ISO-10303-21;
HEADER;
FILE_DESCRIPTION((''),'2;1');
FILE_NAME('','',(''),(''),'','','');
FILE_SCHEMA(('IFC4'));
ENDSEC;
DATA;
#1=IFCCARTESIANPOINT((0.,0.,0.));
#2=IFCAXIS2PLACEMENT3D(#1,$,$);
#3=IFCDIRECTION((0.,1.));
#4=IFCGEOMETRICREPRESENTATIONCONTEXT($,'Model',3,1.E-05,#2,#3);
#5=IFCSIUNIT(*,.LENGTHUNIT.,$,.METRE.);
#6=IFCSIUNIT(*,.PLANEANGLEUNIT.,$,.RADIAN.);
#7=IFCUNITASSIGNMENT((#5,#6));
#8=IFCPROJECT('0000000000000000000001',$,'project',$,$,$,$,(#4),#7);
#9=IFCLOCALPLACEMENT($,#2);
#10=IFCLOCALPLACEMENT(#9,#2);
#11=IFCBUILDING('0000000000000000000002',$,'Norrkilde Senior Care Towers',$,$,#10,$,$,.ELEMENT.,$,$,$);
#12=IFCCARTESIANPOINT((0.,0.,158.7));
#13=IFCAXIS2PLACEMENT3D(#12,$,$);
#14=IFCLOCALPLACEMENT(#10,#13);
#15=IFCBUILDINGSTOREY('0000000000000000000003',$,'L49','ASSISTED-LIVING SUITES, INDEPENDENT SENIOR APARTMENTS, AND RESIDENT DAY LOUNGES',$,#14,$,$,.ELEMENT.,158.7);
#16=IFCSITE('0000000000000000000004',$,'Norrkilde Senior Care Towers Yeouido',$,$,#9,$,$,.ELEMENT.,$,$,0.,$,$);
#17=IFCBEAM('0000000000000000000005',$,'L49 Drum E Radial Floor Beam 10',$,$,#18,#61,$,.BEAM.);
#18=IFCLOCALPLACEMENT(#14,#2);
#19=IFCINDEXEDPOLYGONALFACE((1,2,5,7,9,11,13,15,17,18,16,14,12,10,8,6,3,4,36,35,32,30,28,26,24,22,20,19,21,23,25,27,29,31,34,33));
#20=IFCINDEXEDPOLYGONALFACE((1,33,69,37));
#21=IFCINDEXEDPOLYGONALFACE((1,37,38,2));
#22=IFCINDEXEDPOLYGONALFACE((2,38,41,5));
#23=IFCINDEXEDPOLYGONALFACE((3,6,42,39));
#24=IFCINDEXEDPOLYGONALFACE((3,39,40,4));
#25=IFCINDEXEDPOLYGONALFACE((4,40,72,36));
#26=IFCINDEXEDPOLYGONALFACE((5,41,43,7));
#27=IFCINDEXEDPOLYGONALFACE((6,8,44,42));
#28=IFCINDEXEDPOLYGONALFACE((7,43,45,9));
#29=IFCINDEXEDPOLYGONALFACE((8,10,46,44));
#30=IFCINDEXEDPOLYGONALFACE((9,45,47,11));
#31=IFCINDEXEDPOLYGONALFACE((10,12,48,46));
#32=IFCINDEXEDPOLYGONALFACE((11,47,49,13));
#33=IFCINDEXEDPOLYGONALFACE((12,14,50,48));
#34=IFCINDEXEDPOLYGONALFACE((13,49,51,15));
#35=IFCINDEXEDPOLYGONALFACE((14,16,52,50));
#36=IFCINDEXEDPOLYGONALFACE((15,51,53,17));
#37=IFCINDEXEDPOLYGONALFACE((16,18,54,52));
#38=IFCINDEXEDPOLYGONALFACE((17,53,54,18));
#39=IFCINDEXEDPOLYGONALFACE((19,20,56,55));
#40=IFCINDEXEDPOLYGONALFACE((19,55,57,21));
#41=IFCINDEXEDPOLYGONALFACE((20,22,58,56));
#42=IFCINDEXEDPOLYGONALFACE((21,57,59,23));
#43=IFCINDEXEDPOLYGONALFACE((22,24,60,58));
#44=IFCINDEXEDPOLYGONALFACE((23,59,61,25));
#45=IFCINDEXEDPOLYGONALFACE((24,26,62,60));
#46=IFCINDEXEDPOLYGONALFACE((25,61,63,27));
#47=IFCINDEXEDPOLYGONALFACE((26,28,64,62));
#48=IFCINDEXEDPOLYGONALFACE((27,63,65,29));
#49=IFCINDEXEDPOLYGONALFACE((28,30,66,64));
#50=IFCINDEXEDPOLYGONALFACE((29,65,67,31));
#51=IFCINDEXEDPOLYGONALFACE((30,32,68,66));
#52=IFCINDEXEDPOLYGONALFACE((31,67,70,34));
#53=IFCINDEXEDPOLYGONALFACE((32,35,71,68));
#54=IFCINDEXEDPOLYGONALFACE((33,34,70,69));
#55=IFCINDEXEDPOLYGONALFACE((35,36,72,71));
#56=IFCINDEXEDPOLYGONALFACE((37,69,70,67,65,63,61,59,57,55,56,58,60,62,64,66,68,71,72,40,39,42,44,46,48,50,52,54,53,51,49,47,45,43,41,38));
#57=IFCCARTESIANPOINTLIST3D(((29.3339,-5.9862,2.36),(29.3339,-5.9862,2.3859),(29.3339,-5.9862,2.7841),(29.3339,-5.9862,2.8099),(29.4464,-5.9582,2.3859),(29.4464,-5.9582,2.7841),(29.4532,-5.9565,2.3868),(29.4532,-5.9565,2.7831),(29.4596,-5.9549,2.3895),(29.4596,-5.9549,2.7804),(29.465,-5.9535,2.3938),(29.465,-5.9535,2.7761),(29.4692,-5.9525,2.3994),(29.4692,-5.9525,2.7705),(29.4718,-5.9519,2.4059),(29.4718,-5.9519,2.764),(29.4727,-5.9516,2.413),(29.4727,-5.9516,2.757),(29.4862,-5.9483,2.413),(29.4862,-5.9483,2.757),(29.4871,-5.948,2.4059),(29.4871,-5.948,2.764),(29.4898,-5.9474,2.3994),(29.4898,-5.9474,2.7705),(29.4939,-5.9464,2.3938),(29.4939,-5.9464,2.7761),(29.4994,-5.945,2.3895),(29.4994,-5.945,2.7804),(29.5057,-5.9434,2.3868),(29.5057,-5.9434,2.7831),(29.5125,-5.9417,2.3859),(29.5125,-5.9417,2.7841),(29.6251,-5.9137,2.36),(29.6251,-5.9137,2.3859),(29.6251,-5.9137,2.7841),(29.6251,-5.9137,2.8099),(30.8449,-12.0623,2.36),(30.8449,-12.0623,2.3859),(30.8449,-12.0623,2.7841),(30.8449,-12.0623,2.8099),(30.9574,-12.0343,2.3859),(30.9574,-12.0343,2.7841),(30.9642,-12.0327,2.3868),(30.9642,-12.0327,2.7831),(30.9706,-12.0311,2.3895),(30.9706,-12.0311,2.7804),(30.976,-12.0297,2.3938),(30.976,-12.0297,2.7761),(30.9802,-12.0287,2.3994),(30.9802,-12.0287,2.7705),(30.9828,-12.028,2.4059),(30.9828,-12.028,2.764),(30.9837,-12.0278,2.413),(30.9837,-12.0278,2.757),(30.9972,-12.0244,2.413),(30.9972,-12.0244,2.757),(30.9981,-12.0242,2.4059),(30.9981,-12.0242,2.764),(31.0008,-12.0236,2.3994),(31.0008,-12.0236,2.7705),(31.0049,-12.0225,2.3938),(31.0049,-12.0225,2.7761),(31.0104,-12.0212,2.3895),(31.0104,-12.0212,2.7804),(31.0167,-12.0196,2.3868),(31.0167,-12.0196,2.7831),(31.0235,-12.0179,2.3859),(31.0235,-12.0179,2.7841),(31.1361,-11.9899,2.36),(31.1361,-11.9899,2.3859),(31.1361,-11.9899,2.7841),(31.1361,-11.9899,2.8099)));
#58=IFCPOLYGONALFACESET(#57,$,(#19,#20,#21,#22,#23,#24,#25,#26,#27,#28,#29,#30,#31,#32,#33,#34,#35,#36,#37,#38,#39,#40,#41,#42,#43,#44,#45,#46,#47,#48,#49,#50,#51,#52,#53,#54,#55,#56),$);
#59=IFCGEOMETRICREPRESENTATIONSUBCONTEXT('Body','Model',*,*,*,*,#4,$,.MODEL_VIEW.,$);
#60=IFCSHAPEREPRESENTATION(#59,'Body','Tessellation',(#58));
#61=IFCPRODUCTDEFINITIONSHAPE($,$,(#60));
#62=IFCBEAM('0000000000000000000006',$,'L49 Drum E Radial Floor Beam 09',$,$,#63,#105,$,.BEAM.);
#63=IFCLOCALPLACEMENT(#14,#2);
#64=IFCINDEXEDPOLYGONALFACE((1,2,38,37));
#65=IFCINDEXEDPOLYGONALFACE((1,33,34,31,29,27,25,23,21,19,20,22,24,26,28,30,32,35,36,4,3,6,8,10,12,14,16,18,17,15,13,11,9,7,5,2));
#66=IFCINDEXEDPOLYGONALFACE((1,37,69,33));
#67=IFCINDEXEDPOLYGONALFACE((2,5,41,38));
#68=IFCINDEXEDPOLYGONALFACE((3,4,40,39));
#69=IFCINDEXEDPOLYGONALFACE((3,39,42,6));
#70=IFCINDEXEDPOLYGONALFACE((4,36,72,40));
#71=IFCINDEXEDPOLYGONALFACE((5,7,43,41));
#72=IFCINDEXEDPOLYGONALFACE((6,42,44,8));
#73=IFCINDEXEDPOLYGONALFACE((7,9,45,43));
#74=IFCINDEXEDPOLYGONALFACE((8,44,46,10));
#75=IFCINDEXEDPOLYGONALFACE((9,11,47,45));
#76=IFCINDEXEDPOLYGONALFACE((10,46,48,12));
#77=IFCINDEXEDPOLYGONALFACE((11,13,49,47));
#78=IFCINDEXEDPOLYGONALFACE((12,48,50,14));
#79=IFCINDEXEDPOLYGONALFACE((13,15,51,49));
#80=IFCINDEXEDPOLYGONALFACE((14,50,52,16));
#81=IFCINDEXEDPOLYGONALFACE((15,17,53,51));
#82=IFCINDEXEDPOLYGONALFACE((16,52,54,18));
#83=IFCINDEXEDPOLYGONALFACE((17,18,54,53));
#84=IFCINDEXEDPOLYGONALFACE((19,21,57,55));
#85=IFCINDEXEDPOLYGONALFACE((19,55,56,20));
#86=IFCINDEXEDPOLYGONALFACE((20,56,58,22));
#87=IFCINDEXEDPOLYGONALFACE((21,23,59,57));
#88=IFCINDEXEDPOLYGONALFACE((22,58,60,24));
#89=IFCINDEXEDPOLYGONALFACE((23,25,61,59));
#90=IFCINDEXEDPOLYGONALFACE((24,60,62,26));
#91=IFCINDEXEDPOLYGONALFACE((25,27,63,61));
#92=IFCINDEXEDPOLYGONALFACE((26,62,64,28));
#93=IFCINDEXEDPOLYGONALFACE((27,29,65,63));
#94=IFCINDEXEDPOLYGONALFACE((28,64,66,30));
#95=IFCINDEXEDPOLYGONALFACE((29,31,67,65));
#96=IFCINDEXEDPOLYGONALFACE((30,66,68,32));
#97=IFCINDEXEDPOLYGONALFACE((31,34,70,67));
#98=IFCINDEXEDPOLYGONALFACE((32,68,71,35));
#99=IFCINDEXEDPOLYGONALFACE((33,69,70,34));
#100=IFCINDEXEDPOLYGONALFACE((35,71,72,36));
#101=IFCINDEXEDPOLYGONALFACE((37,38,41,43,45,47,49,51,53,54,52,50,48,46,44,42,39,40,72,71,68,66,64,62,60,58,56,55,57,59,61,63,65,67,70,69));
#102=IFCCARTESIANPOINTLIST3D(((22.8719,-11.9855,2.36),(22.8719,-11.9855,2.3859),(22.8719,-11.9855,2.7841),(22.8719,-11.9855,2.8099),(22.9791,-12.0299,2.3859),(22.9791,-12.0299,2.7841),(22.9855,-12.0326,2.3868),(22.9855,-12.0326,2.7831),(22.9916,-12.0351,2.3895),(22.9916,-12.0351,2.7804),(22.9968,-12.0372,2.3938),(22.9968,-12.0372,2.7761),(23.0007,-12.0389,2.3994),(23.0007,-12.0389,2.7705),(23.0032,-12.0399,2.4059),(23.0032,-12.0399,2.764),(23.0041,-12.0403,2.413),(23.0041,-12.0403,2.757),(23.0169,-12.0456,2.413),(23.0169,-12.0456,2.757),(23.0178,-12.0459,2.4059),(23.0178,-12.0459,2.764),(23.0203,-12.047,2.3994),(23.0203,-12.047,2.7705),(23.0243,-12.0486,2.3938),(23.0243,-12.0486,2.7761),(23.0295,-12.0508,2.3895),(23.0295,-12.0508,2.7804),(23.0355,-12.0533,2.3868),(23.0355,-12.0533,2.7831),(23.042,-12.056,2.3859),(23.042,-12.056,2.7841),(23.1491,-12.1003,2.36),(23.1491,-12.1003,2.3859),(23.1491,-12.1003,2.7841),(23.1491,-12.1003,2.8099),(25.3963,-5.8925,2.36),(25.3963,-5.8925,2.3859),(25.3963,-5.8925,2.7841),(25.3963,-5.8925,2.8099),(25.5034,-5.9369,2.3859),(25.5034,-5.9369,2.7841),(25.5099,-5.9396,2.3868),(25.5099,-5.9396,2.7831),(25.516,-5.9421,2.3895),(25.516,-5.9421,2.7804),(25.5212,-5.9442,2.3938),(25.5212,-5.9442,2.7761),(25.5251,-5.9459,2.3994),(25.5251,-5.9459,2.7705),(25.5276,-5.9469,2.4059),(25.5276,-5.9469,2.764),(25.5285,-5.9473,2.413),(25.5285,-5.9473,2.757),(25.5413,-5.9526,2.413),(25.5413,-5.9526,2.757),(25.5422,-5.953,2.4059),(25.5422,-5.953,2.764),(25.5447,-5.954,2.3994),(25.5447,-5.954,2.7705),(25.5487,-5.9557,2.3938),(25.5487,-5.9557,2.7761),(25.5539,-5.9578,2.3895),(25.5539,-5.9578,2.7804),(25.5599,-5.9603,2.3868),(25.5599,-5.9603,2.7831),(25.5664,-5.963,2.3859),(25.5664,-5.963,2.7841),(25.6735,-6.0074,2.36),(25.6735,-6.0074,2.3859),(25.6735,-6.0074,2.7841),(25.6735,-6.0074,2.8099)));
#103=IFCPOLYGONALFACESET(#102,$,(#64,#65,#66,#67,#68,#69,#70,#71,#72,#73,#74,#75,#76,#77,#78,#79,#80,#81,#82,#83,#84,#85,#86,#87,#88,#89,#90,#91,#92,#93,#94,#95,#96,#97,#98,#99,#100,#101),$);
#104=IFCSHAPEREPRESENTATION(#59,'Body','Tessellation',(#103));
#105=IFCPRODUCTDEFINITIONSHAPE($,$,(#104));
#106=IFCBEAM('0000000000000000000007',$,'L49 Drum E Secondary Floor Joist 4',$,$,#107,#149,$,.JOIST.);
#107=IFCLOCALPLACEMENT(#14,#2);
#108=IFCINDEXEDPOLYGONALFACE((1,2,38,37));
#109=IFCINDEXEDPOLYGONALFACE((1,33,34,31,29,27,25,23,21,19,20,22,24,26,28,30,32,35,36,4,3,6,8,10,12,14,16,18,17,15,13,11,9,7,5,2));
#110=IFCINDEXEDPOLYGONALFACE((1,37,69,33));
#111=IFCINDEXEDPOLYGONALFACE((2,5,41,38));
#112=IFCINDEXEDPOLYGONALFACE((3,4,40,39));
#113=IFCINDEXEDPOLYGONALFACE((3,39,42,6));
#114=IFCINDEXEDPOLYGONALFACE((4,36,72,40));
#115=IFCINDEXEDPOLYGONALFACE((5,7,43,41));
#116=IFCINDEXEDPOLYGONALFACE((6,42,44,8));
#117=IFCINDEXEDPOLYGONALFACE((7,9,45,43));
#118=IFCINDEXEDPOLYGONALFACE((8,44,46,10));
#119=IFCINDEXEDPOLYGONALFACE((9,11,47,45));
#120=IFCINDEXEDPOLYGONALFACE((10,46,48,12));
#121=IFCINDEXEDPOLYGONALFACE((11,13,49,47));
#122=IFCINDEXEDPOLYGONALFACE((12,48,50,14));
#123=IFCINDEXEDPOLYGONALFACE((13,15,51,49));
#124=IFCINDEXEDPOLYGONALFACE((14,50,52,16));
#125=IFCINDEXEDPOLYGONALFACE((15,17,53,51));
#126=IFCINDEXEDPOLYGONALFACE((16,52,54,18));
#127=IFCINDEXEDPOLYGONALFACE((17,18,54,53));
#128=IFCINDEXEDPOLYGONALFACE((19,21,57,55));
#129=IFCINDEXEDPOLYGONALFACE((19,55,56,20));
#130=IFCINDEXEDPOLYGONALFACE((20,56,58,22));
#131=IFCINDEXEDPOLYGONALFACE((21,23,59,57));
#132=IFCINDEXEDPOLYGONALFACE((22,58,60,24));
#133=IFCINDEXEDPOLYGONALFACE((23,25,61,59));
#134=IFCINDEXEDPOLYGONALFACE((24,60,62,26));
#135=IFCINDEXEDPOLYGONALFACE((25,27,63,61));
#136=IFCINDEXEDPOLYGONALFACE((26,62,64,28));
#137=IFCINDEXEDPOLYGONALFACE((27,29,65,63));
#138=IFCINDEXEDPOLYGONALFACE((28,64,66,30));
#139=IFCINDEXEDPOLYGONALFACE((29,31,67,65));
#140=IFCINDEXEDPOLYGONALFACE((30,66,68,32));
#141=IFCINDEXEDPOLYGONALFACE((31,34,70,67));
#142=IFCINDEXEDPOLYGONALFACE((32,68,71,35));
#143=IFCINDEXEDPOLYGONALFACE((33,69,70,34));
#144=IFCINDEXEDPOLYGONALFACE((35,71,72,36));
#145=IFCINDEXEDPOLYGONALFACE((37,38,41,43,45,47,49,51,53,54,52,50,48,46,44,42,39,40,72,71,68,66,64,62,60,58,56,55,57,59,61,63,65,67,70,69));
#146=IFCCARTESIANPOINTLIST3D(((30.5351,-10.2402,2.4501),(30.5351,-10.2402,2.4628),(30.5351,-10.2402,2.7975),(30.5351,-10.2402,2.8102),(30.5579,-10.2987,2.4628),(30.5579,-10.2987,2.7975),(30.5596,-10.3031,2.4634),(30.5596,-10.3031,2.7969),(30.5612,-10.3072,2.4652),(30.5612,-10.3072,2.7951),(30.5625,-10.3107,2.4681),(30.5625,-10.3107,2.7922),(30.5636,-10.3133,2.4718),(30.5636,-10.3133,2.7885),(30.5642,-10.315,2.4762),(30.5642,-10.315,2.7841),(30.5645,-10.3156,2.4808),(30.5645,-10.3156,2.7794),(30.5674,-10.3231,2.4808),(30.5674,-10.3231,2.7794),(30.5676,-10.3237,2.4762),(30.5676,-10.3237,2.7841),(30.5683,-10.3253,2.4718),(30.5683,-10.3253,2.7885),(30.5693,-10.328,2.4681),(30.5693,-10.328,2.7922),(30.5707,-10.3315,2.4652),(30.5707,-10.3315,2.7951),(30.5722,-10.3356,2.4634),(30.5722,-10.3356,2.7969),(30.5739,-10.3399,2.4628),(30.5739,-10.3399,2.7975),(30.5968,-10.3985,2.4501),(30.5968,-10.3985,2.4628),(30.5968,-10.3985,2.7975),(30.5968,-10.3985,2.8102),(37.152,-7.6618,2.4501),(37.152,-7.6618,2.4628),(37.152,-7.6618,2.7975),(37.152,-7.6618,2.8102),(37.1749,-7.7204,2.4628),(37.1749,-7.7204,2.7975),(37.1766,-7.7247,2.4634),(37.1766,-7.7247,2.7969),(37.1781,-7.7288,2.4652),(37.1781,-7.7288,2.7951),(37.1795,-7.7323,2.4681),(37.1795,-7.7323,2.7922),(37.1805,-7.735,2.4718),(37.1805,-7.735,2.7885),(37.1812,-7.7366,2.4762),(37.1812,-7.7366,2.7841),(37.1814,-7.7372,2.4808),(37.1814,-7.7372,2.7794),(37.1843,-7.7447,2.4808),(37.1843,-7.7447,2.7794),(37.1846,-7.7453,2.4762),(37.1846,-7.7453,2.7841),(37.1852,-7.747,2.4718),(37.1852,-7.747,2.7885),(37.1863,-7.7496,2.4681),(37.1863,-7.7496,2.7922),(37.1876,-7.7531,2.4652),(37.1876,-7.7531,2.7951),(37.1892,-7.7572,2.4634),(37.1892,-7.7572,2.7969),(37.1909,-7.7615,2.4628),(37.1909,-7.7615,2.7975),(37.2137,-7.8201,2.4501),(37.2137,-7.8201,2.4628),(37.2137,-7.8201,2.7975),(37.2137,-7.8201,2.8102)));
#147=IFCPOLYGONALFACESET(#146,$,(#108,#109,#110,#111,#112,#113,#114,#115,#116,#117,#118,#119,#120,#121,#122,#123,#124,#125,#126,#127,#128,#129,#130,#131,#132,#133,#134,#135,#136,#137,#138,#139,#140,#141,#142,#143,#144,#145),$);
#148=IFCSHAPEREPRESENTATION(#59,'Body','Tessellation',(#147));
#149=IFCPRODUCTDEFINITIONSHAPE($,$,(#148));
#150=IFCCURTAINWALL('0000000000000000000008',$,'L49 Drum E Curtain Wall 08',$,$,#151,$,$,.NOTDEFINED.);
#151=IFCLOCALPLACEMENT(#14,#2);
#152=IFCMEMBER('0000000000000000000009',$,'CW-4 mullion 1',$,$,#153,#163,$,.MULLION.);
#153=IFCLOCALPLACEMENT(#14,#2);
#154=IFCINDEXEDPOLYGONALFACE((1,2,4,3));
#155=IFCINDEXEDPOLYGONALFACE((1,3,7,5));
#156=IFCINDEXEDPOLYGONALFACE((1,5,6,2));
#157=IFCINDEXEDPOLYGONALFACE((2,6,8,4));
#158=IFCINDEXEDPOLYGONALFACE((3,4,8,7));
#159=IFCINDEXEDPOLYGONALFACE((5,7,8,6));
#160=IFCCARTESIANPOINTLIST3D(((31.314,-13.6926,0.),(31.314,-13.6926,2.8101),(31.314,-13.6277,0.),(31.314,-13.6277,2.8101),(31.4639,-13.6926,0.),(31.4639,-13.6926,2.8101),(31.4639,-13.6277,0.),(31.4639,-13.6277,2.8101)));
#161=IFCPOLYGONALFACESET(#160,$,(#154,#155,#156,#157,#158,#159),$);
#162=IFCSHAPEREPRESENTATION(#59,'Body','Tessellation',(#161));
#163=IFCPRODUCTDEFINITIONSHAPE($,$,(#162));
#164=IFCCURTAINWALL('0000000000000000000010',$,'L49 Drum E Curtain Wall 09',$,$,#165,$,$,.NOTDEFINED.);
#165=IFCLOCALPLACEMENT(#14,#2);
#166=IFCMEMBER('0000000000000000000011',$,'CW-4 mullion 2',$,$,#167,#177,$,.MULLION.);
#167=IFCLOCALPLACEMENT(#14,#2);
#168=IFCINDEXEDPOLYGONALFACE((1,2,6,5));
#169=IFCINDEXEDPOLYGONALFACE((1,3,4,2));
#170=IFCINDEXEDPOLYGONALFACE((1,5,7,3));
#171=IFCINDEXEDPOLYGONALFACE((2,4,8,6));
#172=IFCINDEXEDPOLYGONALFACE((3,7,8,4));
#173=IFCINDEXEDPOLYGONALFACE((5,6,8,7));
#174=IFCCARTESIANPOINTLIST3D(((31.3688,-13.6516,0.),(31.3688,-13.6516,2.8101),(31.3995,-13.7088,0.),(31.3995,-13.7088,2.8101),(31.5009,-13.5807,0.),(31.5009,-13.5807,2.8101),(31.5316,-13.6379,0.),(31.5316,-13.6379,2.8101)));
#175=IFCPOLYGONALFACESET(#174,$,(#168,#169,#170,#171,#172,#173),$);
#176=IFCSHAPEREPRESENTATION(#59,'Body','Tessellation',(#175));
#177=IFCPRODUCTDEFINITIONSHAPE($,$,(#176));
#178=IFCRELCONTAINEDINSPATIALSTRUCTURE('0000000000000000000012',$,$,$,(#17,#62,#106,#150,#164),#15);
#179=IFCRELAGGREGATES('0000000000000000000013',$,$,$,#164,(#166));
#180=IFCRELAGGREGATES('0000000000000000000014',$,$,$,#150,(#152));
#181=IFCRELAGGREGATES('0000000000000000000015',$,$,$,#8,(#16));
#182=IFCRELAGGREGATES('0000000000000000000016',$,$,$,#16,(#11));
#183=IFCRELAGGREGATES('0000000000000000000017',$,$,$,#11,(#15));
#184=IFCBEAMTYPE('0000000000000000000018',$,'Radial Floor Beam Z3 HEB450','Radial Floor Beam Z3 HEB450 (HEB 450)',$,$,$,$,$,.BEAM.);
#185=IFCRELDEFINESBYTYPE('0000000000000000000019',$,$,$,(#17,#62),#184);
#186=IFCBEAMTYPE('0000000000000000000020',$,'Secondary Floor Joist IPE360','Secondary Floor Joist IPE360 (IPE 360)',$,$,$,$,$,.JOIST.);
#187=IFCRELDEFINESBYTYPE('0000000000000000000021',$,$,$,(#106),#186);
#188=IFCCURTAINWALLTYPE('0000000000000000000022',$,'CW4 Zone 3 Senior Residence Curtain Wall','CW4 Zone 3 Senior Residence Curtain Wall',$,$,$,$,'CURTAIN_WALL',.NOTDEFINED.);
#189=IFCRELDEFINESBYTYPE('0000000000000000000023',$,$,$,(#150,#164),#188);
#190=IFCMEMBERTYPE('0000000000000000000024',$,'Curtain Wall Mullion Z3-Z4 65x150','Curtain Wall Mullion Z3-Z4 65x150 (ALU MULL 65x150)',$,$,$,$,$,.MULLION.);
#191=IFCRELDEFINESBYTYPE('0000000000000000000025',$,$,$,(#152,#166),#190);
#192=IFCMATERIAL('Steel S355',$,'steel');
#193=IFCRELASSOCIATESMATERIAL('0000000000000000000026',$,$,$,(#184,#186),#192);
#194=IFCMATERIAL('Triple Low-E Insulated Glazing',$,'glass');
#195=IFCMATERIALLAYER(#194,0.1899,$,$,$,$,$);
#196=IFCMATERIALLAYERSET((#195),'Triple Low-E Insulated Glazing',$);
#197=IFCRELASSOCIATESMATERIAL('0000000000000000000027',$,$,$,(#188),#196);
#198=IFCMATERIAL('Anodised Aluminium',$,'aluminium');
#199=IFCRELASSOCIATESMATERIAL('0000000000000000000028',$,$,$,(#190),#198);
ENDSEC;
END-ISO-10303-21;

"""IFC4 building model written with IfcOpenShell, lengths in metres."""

from ifc_helpers import new_model, si_unit, direction, frame, origin, origin_2d, place, context, subcontext, project, spatial, rectangle, i_section, extrude, source, transform, mapped, material, layer, layer_set, material_profile, profile_set, type_object, type_shapes, element, aggregate, save


model = new_model("IFC4")

# Units and contexts
model_context = context("Model", 3, precision=1e-05, world=origin(), true_north=direction((0.0, 1.0)))
body_context = subcontext(model_context, "Body", "Model", "MODEL_VIEW")
ifc_project = project(units=[si_unit("LENGTHUNIT", "METRE"), si_unit("PLANEANGLEUNIT", "RADIAN")], contexts=[model_context])

# Site, building, storey
site_placement = place(None, origin())
site = spatial("IfcSite", under=ifc_project, at=site_placement, Name="Norrkilde Senior Care Towers Yeouido", CompositionType="ELEMENT", RefElevation=0.0)
building_placement = place(site_placement, origin())
building = spatial("IfcBuilding", under=site, at=building_placement, Name="Norrkilde Senior Care Towers", CompositionType="ELEMENT")
storey_placement = place(building_placement, frame((0.0, 0.0, 158.7)))
storey = spatial("IfcBuildingStorey", under=building, at=storey_placement, Name="L49", Description="ASSISTED-LIVING SUITES, INDEPENDENT SENIOR APARTMENTS, AND RESIDENT DAY LOUNGES", CompositionType="ELEMENT", Elevation=158.7)

# Beams
ifc_material_1 = material(Name="Steel S355", Category="steel")
ifc_material_profile_1 = material_profile(ifc_material_1, i_section(OverallWidth=0.3, OverallDepth=0.45, WebThickness=0.0139, FlangeThickness=0.0259, FilletRadius=0.0271, at=origin_2d()), Name="HEB 450")
ifc_profile_set_1 = profile_set([ifc_material_profile_1], Name="Steel S355")
beam_type_1 = type_object("IfcBeamType", Name="Radial Floor Beam Z3 HEB450", Description="Radial Floor Beam Z3 HEB450 (HEB 450)", PredefinedType="BEAM", material=ifc_profile_set_1)
shared_shape_1 = source(origin(), body_context, "Body", "SweptSolid", [
    extrude(i_section(OverallWidth=0.3, OverallDepth=0.45, WebThickness=0.0139, FlangeThickness=0.0259, FilletRadius=0.0271, at=origin_2d()), origin(), (0.0, 0.0, 1.0), 6.2612),
])
beam_1_placement = place(storey_placement, frame((29.4795, -5.95, 2.585), z_axis=(0.241324, -0.970445, 0.0), x_axis=(0.970445, 0.241324, 0.0)))
element("IfcBeam", 1, at=beam_1_placement, inside=storey, type_object=beam_type_1, Name="L49 Drum E Radial Floor Beam 10", PredefinedType="BEAM", context=body_context, shape_type="MappedRepresentation", body=[
    mapped(shared_shape_1, transform((0.0, 0.0, 0.0), x_axis=(1.0, 0.0, 0.0), y_axis=(0.0, 1.0, 0.0), z_axis=(0.0, 0.0, 1.0), scale=1.0)),
])
shared_shape_2 = source(origin(), body_context, "Body", "SweptSolid", [
    extrude(i_section(OverallWidth=0.3, OverallDepth=0.45, WebThickness=0.0139, FlangeThickness=0.0259, FilletRadius=0.0271, at=origin_2d()), origin(), (0.0, 0.0, 1.0), 6.5952),
])
beam_2_placement = place(storey_placement, frame((25.5349, -5.95, 2.585), z_axis=(-0.382762, -0.923847, 0.0), x_axis=(0.923847, -0.382762, 0.0)))
element("IfcBeam", 2, at=beam_2_placement, inside=storey, type_object=beam_type_1, Name="L49 Drum E Radial Floor Beam 09", PredefinedType="BEAM", context=body_context, shape_type="MappedRepresentation", body=[
    mapped(shared_shape_2, transform((0.0, 0.0, 0.0), x_axis=(1.0, 0.0, 0.0), y_axis=(0.0, 1.0, 0.0), z_axis=(0.0, 0.0, 1.0), scale=1.0)),
])
ifc_material_profile_2 = material_profile(ifc_material_1, i_section(OverallWidth=0.1699, OverallDepth=0.3601, WebThickness=0.0081, FlangeThickness=0.0127, FilletRadius=0.0181, at=origin_2d()), Name="IPE 360")
ifc_profile_set_2 = profile_set([ifc_material_profile_2], Name="Steel S355")
beam_type_2 = type_object("IfcBeamType", Name="Secondary Floor Joist IPE360", Description="Secondary Floor Joist IPE360 (IPE 360)", PredefinedType="JOIST", material=ifc_profile_set_2)
shared_shape_3 = source(origin(), body_context, "Body", "SweptSolid", [
    extrude(i_section(OverallWidth=0.1699, OverallDepth=0.3601, WebThickness=0.0081, FlangeThickness=0.0127, FilletRadius=0.0181, at=origin_2d()), origin(), (0.0, 0.0, 1.0), 7.1016),
])
type_shapes(beam_type_2, [shared_shape_3])
beam_3_placement = place(storey_placement, frame((30.5659, -10.3193, 2.6301), z_axis=(0.931761, 0.363072, 0.0), x_axis=(-0.363072, 0.931761, 0.0)))
element("IfcBeam", 3, at=beam_3_placement, inside=storey, type_object=beam_type_2, Name="L49 Drum E Secondary Floor Joist 4", PredefinedType="JOIST", context=body_context, shape_type="MappedRepresentation", body=[
    mapped(shared_shape_3, transform((0.0, 0.0, 0.0), x_axis=(1.0, 0.0, 0.0), y_axis=(0.0, 1.0, 0.0), z_axis=(0.0, 0.0, 1.0), scale=1.0)),
])

# Curtain walls, members
ifc_material_2 = material(Name="Triple Low-E Insulated Glazing", Category="glass")
ifc_layer_1 = layer(ifc_material_2, 0.1899)
ifc_layer_set_1 = layer_set([ifc_layer_1], Name="Triple Low-E Insulated Glazing")
curtain_wall_type = type_object("IfcCurtainWallType", Name="CW4 Zone 3 Senior Residence Curtain Wall", Description="CW4 Zone 3 Senior Residence Curtain Wall", ElementType="CURTAIN_WALL", PredefinedType="NOTDEFINED", material=ifc_layer_set_1)
curtain_wall_1_placement = place(storey_placement, origin())
curtain_wall_1 = element("IfcCurtainWall", 4, at=curtain_wall_1_placement, inside=storey, type_object=curtain_wall_type, Name="L49 Drum E Curtain Wall 08", PredefinedType="NOTDEFINED")
ifc_material_3 = material(Name="Anodised Aluminium", Category="aluminium")
ifc_material_profile_3 = material_profile(ifc_material_3, rectangle(XDim=0.0649, YDim=0.1499, at=origin_2d()), Name="ALU MULL 65x150")
ifc_profile_set_3 = profile_set([ifc_material_profile_3], Name="Anodised Aluminium")
member_type_1 = type_object("IfcMemberType", Name="Curtain Wall Mullion Z3-Z4 65x150", Description="Curtain Wall Mullion Z3-Z4 65x150 (ALU MULL 65x150)", PredefinedType="MULLION", material=ifc_profile_set_3)
shared_shape_4 = source(origin(), body_context, "Body", "SweptSolid", [
    extrude(rectangle(XDim=0.0649, YDim=0.1499, at=origin_2d()), origin(), (0.0, 0.0, 1.0), 2.8101),
])
type_shapes(member_type_1, [shared_shape_4])
member_1_placement = place(storey_placement, frame((31.3889, -13.6602, 0.0), z_axis=(0.0, 0.0, 1.0), x_axis=(0.0, -1.0, 0.0)))
member_1 = element("IfcMember", 5, at=member_1_placement, type_object=member_type_1, Name="CW-4 mullion 1", PredefinedType="MULLION", context=body_context, shape_type="MappedRepresentation", body=[
    mapped(shared_shape_4, transform((0.0, 0.0, 0.0), x_axis=(1.0, 0.0, 0.0), y_axis=(0.0, 1.0, 0.0), z_axis=(0.0, 0.0, 1.0), scale=1.0)),
])
curtain_wall_2_placement = place(storey_placement, origin())
curtain_wall_2 = element("IfcCurtainWall", 6, at=curtain_wall_2_placement, inside=storey, type_object=curtain_wall_type, Name="L49 Drum E Curtain Wall 09", PredefinedType="NOTDEFINED")
member_2_placement = place(storey_placement, frame((31.4502, -13.6448, 0.0), z_axis=(0.0, 0.0, 1.0), x_axis=(0.473117, -0.881, 0.0)))
member_2 = element("IfcMember", 7, at=member_2_placement, type_object=member_type_1, Name="CW-4 mullion 2", PredefinedType="MULLION", context=body_context, shape_type="MappedRepresentation", body=[
    mapped(shared_shape_4, transform((0.0, 0.0, 0.0), x_axis=(1.0, 0.0, 0.0), y_axis=(0.0, 1.0, 0.0), z_axis=(0.0, 0.0, 1.0), scale=1.0)),
])
aggregate(curtain_wall_2, [member_2])

aggregate(curtain_wall_1, [member_1])

save(model, "model.ifc")
